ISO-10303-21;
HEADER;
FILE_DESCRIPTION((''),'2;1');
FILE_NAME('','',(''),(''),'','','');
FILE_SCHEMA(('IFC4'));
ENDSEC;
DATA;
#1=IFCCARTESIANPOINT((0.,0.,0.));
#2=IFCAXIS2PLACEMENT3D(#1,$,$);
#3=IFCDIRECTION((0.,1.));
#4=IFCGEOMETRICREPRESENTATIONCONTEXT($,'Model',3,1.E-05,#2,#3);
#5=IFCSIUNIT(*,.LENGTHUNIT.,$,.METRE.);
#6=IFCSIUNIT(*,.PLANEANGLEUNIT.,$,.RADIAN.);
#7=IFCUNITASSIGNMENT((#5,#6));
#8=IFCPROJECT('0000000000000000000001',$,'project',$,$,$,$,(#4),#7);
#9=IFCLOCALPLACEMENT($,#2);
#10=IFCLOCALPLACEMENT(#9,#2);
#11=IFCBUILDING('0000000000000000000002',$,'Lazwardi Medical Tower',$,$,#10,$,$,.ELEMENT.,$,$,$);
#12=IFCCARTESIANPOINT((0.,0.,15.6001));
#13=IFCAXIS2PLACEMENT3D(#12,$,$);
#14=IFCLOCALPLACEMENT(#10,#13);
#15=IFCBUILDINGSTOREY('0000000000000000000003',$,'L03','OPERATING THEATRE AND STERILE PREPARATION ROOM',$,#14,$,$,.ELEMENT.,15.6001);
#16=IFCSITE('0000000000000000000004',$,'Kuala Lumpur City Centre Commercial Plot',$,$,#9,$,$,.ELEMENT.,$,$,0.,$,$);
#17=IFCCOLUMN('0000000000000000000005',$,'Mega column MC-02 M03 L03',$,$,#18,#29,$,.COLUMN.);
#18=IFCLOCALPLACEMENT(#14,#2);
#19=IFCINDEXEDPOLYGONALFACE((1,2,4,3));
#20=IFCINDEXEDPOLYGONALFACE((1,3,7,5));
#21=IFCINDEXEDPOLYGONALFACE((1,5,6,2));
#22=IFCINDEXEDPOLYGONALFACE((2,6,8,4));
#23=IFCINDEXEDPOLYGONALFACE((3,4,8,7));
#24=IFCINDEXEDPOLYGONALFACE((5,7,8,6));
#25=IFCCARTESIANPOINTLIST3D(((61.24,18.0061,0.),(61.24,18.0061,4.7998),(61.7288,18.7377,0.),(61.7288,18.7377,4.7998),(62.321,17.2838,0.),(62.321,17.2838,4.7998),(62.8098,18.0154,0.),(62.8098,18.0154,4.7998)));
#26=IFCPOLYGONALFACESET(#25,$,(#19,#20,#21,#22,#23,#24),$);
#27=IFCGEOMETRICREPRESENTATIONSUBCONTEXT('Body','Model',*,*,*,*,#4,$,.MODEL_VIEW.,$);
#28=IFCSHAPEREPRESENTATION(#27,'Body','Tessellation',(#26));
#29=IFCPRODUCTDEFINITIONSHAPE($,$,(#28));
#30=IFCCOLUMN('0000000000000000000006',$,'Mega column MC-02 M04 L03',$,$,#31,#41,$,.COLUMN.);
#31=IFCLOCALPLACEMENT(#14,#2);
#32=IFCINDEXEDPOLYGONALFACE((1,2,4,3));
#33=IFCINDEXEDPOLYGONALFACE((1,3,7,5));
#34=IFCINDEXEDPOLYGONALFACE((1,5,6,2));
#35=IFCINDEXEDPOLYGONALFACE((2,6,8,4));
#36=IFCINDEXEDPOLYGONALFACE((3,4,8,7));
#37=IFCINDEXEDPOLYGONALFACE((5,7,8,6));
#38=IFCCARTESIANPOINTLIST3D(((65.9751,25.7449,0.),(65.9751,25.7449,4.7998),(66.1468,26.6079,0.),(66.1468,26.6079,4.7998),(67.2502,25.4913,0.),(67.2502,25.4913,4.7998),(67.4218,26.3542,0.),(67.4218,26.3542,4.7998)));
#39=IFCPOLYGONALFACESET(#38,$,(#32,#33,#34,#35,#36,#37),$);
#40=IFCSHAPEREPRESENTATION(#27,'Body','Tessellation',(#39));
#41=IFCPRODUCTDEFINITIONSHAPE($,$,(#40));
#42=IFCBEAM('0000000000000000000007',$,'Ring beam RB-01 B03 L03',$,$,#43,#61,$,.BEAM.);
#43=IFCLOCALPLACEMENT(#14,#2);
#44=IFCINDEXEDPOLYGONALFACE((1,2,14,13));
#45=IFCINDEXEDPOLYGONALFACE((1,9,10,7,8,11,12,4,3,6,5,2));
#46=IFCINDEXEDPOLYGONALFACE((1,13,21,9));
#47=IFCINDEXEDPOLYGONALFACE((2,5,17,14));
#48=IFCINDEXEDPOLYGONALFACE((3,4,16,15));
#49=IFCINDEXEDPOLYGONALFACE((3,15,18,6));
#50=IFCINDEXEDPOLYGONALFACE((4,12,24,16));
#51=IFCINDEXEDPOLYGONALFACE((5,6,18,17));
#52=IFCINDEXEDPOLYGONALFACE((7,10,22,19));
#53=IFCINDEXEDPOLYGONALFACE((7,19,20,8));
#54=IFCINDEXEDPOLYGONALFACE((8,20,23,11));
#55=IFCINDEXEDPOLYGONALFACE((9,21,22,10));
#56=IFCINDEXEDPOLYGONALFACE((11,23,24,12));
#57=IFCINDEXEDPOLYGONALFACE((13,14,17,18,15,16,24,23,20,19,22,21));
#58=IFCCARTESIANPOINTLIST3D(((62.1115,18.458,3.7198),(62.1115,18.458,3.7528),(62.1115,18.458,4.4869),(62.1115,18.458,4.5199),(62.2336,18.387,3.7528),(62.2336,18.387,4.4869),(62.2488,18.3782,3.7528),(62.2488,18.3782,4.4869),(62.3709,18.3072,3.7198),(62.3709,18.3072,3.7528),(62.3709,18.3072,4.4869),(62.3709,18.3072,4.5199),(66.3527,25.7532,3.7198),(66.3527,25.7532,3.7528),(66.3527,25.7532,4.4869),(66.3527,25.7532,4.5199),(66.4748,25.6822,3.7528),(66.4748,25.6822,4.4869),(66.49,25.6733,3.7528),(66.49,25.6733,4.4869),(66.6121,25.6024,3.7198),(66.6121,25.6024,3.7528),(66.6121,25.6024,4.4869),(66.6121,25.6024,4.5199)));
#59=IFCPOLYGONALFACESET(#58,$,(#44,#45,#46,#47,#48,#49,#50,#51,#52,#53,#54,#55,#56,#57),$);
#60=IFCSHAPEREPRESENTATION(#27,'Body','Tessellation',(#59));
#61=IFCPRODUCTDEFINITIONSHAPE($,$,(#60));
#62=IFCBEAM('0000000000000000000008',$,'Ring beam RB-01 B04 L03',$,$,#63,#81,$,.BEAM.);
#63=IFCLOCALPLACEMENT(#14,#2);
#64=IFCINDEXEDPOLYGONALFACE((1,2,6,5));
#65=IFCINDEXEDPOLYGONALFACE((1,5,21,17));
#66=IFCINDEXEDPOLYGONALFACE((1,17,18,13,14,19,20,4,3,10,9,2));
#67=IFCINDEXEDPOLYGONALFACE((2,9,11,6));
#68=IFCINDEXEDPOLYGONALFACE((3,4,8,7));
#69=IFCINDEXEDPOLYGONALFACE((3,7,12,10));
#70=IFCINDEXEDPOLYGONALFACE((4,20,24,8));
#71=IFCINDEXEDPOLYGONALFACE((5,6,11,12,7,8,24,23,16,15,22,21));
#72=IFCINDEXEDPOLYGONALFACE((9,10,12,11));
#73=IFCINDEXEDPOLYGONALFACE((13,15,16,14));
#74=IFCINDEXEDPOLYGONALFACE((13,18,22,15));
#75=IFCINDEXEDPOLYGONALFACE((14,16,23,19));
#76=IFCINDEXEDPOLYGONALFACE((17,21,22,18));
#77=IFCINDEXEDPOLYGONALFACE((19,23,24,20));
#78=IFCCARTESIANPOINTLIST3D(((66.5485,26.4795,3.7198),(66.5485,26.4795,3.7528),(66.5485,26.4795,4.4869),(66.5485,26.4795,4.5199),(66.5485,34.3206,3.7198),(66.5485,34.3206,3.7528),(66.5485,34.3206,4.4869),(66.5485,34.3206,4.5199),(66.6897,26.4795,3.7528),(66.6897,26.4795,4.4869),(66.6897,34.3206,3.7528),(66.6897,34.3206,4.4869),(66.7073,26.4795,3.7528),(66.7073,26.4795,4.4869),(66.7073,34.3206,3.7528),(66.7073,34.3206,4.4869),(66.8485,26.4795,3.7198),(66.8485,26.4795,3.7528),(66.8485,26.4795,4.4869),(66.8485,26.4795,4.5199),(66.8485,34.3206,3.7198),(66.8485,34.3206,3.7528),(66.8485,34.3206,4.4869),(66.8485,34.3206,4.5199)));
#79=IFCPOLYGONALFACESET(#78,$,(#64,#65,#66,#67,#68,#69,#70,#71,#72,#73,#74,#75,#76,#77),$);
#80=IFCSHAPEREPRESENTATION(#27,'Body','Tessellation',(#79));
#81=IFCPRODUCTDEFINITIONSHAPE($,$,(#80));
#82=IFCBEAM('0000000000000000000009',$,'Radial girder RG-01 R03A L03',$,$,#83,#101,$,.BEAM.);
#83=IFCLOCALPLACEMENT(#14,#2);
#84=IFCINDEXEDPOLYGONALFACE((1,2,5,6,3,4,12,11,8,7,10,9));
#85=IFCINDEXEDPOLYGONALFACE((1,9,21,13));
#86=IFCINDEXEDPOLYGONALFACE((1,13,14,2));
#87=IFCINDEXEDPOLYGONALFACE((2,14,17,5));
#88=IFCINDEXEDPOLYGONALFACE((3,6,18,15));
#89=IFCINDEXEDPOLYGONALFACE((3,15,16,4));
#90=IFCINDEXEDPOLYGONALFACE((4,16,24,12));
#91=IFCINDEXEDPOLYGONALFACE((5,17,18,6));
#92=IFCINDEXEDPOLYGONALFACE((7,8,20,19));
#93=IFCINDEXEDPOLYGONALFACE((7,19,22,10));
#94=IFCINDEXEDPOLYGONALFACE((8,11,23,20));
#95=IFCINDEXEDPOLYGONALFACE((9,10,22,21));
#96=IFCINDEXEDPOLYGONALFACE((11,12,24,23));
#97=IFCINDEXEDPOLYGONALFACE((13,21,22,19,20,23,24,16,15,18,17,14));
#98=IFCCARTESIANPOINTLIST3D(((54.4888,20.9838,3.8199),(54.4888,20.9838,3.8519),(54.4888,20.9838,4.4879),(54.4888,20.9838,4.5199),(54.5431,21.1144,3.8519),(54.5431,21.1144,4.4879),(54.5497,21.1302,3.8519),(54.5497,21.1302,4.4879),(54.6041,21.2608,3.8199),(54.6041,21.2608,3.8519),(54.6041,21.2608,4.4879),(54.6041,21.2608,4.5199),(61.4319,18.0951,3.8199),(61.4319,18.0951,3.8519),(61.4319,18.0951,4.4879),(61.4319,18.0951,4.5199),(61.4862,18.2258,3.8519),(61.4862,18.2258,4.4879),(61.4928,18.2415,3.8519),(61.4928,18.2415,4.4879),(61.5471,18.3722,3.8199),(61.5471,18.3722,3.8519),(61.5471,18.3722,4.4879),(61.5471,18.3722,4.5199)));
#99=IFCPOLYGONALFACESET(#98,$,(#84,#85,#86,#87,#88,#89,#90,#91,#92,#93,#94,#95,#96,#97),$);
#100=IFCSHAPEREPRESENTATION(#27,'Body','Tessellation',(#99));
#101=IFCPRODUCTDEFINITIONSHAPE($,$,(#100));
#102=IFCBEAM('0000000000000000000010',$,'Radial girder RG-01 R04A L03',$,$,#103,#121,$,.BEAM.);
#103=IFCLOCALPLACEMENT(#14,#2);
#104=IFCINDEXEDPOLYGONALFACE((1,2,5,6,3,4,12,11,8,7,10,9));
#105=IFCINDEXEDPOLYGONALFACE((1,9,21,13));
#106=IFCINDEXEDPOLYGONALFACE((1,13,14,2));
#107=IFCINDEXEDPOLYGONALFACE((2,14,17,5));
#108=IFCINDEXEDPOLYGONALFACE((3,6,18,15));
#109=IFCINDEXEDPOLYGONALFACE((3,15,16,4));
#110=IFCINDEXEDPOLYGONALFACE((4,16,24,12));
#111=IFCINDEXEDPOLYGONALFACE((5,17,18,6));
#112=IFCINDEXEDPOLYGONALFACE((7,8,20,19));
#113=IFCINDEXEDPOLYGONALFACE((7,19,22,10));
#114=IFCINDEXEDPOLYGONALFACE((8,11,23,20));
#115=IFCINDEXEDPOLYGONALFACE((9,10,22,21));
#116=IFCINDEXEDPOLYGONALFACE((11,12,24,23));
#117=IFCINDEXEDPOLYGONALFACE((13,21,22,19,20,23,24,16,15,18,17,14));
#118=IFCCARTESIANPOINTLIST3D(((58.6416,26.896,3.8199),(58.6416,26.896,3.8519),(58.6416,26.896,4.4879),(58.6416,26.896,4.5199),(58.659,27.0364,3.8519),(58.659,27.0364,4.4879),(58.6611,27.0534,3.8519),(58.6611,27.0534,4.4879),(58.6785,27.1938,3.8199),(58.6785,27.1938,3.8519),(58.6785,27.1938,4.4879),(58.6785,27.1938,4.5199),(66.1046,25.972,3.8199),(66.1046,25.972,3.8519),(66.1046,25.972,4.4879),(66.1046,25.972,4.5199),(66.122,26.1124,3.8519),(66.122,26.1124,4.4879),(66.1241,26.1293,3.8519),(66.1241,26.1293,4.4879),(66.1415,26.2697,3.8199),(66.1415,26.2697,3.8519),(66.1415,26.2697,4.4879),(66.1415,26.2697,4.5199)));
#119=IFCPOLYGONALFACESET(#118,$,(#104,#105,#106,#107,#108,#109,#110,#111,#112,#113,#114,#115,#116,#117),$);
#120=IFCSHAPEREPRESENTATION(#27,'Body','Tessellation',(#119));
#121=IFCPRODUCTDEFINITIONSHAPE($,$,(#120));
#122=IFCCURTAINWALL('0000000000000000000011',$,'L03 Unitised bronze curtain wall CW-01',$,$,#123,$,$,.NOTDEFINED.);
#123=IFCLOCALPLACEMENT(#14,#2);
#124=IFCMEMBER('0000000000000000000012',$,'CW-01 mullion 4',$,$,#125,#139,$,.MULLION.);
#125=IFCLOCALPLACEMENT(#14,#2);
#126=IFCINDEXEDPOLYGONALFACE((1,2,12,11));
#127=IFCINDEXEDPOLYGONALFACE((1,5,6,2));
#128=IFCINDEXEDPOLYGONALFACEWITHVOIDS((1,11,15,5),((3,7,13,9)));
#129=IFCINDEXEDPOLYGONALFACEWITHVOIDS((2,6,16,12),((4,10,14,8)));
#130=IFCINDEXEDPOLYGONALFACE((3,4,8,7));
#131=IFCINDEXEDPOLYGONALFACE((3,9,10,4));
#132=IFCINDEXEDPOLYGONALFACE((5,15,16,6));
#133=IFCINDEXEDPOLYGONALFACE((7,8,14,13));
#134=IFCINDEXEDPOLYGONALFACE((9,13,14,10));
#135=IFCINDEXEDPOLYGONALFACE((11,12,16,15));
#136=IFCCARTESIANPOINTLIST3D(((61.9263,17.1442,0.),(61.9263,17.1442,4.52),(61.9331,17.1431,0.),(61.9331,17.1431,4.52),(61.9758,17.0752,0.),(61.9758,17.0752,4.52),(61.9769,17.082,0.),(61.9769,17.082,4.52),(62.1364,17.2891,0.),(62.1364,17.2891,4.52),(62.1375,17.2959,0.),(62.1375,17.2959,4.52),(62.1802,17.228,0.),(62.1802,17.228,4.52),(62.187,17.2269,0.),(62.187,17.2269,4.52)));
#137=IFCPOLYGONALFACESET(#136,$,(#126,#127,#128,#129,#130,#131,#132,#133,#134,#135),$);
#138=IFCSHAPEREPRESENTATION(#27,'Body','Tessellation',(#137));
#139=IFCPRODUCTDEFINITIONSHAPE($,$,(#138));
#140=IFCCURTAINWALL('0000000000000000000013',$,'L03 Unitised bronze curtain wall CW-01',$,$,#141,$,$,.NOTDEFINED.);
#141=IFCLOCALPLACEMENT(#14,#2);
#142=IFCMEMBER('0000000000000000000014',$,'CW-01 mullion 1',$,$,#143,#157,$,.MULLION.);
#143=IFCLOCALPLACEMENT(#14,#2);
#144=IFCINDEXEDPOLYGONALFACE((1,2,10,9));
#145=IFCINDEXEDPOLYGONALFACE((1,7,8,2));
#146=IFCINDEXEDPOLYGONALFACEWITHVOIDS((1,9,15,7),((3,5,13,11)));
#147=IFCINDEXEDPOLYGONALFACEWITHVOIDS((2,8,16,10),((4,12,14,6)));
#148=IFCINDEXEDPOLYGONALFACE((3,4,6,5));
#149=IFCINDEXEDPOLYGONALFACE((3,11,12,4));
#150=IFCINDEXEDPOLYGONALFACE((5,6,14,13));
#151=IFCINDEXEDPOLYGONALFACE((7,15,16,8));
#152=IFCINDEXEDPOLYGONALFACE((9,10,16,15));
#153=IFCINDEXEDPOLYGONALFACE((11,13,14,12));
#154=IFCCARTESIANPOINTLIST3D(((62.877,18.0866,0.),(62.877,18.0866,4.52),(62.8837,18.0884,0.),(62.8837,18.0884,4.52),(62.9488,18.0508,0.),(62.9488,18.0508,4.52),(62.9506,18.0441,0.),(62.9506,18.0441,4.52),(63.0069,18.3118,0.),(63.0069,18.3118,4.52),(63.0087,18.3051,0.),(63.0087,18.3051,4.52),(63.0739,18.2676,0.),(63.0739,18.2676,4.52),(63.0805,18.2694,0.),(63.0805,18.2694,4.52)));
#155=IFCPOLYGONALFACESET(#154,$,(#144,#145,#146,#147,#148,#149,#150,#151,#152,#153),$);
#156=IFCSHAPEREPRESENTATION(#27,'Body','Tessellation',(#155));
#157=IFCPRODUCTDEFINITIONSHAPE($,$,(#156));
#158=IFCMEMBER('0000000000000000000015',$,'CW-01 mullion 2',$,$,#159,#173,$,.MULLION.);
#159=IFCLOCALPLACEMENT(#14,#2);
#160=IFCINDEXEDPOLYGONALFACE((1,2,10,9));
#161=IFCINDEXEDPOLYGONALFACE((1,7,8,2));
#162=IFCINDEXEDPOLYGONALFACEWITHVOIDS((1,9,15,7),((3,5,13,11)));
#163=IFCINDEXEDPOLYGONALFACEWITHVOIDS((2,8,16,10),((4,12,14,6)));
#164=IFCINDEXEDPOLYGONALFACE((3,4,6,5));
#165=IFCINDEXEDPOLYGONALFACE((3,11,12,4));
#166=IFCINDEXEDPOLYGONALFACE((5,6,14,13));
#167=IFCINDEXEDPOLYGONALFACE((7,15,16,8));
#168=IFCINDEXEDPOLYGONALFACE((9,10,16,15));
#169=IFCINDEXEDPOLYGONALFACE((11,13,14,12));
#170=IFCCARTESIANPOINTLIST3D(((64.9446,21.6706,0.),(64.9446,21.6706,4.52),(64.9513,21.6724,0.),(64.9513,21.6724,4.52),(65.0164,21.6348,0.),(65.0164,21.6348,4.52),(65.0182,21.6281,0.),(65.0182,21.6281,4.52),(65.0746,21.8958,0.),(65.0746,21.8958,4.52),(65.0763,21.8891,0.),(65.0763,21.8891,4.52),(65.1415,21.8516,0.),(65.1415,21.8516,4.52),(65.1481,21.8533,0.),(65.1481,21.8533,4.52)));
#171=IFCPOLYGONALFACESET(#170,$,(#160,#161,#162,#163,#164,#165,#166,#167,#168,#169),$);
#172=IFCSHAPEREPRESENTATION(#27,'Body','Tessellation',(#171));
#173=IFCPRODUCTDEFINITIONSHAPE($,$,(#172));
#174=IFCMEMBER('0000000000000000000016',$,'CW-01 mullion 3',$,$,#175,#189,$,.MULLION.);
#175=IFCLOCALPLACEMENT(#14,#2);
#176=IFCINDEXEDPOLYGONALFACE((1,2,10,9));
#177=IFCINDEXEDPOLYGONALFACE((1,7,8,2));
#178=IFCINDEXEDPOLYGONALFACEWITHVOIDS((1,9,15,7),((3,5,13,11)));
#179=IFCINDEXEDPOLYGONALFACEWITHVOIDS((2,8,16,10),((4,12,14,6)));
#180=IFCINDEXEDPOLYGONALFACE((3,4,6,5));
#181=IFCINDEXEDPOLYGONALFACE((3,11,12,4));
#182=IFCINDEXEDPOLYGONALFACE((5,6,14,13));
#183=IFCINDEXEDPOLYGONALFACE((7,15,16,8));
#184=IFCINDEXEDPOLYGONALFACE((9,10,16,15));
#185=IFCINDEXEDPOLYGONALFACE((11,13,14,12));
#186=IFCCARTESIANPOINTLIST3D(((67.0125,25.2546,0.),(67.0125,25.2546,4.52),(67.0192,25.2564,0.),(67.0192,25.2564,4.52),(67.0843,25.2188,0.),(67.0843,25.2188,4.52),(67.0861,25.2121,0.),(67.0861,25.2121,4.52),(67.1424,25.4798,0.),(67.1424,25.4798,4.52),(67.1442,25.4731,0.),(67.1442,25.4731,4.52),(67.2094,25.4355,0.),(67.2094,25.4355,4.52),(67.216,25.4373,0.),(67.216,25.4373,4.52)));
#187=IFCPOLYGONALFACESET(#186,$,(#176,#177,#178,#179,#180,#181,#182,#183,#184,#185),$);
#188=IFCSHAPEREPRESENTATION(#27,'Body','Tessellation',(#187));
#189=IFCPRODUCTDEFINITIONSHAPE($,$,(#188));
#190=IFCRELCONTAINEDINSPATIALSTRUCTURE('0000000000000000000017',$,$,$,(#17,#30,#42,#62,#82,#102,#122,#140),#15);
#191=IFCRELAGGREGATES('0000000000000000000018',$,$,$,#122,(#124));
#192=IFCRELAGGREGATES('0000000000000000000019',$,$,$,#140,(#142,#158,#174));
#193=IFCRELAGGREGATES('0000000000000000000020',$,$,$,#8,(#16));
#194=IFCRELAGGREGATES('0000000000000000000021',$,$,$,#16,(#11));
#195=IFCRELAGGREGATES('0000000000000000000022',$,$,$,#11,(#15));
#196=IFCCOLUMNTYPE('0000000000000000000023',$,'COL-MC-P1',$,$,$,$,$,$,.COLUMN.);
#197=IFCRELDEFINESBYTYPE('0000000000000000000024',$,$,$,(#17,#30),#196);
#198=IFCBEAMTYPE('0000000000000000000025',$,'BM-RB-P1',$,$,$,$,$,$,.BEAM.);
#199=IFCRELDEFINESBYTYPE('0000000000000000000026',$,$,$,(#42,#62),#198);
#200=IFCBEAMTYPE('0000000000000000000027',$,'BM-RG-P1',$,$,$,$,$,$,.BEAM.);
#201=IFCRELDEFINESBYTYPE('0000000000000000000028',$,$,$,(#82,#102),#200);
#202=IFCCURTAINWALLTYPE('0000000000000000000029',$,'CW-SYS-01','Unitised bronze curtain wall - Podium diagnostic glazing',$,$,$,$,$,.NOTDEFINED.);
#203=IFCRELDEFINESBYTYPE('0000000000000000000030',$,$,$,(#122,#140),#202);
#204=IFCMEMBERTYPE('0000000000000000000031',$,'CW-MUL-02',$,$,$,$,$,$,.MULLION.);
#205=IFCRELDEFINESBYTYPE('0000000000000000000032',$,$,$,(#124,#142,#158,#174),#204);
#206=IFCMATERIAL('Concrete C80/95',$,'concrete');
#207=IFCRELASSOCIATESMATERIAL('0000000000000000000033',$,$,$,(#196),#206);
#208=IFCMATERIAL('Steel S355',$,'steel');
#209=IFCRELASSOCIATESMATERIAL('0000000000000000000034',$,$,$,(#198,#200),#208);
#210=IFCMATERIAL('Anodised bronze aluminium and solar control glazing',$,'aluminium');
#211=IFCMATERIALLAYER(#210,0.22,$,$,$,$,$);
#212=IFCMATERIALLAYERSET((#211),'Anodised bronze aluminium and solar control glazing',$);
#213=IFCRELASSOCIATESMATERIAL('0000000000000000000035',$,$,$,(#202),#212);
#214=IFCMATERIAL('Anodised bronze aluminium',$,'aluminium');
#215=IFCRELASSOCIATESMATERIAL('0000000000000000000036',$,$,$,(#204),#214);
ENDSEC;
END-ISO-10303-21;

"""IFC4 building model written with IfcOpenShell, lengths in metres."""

from ifc_helpers import new_model, si_unit, direction, frame, origin, origin_2d, place, context, subcontext, project, spatial, rectangle, hollow_rectangle, i_section, extrude, material, layer, layer_set, material_profile, profile_set, type_object, element, aggregate, save


model = new_model("IFC4")

# Units and contexts
model_context = context("Model", 3, precision=1e-05, world=origin(), true_north=direction((0.0, 1.0)))
body_context = subcontext(model_context, "Body", "Model", "MODEL_VIEW")
ifc_project = project(units=[si_unit("LENGTHUNIT", "METRE"), si_unit("PLANEANGLEUNIT", "RADIAN")], contexts=[model_context])

# Site, building, storey
site_placement = place(None, origin())
site = spatial("IfcSite", under=ifc_project, at=site_placement, Name="Kuala Lumpur City Centre Commercial Plot", CompositionType="ELEMENT", RefElevation=0.0)
building_placement = place(site_placement, origin())
building = spatial("IfcBuilding", under=site, at=building_placement, Name="Lazwardi Medical Tower", CompositionType="ELEMENT")
storey_placement = place(building_placement, frame((0.0, 0.0, 15.6001)))
storey = spatial("IfcBuildingStorey", under=building, at=storey_placement, Name="L03", Description="OPERATING THEATRE AND STERILE PREPARATION ROOM", CompositionType="ELEMENT", Elevation=15.6001)

# Columns
ifc_material_1 = material(Name="Concrete C80/95", Category="concrete")
ifc_material_profile_1 = material_profile(ifc_material_1, rectangle(XDim=1.3, YDim=0.8799, at=origin_2d()), Name="CFT-RECT 1300x880")
ifc_profile_set_1 = profile_set([ifc_material_profile_1], Name="Concrete C80/95")
column_type = type_object("IfcColumnType", Name="COL-MC-P1", PredefinedType="COLUMN", material=ifc_profile_set_1)
for number, where, z_axis, x_axis, name in (
    (1, (62.0249, 18.0107, 0.0), (0.0, 0.0, 1.0), (0.83147, -0.55557, 0.0), "Mega column MC-02 M03 L03"),
    (2, (66.6985, 26.0496, 0.0), (0.0, 0.0, 1.0), (0.980785, -0.19509, 0.0), "Mega column MC-02 M04 L03"),
):
    element("IfcColumn", number, at=place(storey_placement, frame(where, z_axis=z_axis, x_axis=x_axis)), inside=storey, type_object=column_type, Name=name, PredefinedType="COLUMN", context=body_context, shape_type="SweptSolid", body=[
        extrude(rectangle(XDim=1.3, YDim=0.8799, at=origin_2d()), origin(), (0.0, 0.0, 1.0), 4.7998),
    ])

# Beams
ifc_material_2 = material(Name="Steel S355", Category="steel")
ifc_material_profile_2 = material_profile(ifc_material_2, i_section(OverallWidth=0.3, OverallDepth=0.8, WebThickness=0.0176, FlangeThickness=0.033, at=origin_2d()), Name="HEB 800")
ifc_profile_set_2 = profile_set([ifc_material_profile_2], Name="Steel S355")
beam_type_1 = type_object("IfcBeamType", Name="BM-RB-P1", PredefinedType="BEAM", material=ifc_profile_set_2)
beam_1_placement = place(storey_placement, frame((62.2412, 18.3826, 4.1199), z_axis=(0.502606, 0.864516, 0.0), x_axis=(-0.864516, 0.502606, 0.0)))
element("IfcBeam", 3, at=beam_1_placement, inside=storey, type_object=beam_type_1, Name="Ring beam RB-01 B03 L03", PredefinedType="BEAM", context=body_context, shape_type="SweptSolid", body=[
    extrude(i_section(OverallWidth=0.3, OverallDepth=0.8, WebThickness=0.0176, FlangeThickness=0.033, at=origin_2d()), origin(), (0.0, 0.0, 1.0), 8.4385),
])
beam_2_placement = place(storey_placement, frame((66.6985, 26.4795, 4.1199), z_axis=(0.0, 1.0, 0.0), x_axis=(-1.0, 0.0, 0.0)))
element("IfcBeam", 4, at=beam_2_placement, inside=storey, type_object=beam_type_1, Name="Ring beam RB-01 B04 L03", PredefinedType="BEAM", context=body_context, shape_type="SweptSolid", body=[
    extrude(i_section(OverallWidth=0.3, OverallDepth=0.8, WebThickness=0.0176, FlangeThickness=0.033, at=origin_2d()), origin(), (0.0, 0.0, 1.0), 7.8411),
])
ifc_material_profile_3 = material_profile(ifc_material_2, i_section(OverallWidth=0.3, OverallDepth=0.7, WebThickness=0.0171, FlangeThickness=0.032, at=origin_2d()), Name="HEB 700")
ifc_profile_set_3 = profile_set([ifc_material_profile_3], Name="Steel S355")
beam_type_2 = type_object("IfcBeamType", Name="BM-RG-P1", PredefinedType="BEAM", material=ifc_profile_set_3)
for number, where, z_axis, x_axis, name in (
    (5, (61.4895, 18.2336, 4.1699), (-0.923279, 0.384129, 0.0), (-0.384129, -0.923279, 0.0), "Radial girder RG-01 R03A L03"),
    (6, (66.123, 26.1208, 4.1699), (-0.992422, 0.12288, 0.0), (-0.12288, -0.992422, 0.0), "Radial girder RG-01 R04A L03"),
):
    element("IfcBeam", number, at=place(storey_placement, frame(where, z_axis=z_axis, x_axis=x_axis)), inside=storey, type_object=beam_type_2, Name=name, PredefinedType="BEAM", context=body_context, shape_type="SweptSolid", body=[
        extrude(i_section(OverallWidth=0.3, OverallDepth=0.7, WebThickness=0.0171, FlangeThickness=0.032, at=origin_2d()), origin(), (0.0, 0.0, 1.0), 7.52),
    ])

# Curtain wall, member
ifc_material_3 = material(Name="Anodised bronze aluminium and solar control glazing", Category="aluminium")
ifc_layer_1 = layer(ifc_material_3, 0.22)
ifc_layer_set_1 = layer_set([ifc_layer_1], Name="Anodised bronze aluminium and solar control glazing")
curtain_wall_type = type_object("IfcCurtainWallType", Name="CW-SYS-01", Description="Unitised bronze curtain wall - Podium diagnostic glazing", PredefinedType="NOTDEFINED", material=ifc_layer_set_1)
curtain_wall_1_placement = place(storey_placement, origin())
curtain_wall_1 = element("IfcCurtainWall", 7, at=curtain_wall_1_placement, inside=storey, type_object=curtain_wall_type, Name="L03 Unitised bronze curtain wall CW-01", PredefinedType="NOTDEFINED")
ifc_material_4 = material(Name="Anodised bronze aluminium", Category="aluminium")
ifc_material_profile_4 = material_profile(ifc_material_4, hollow_rectangle(XDim=0.085, YDim=0.26, WallThickness=0.0049, at=origin_2d()), Name="ALU-MULLION 260x85x5")
ifc_profile_set_4 = profile_set([ifc_material_profile_4], Name="Anodised bronze aluminium")
member_type_1 = type_object("IfcMemberType", Name="CW-MUL-02", PredefinedType="MULLION", material=ifc_profile_set_4)
member_1_placement = place(storey_placement, frame((62.0566, 17.1855, 0.0), z_axis=(0.0, 0.0, 1.0), x_axis=(-0.583214, 0.812318, 0.0)))
member_1 = element("IfcMember", 8, at=member_1_placement, type_object=member_type_1, Name="CW-01 mullion 4", PredefinedType="MULLION", context=body_context, shape_type="SweptSolid", body=[
    extrude(hollow_rectangle(XDim=0.085, YDim=0.26, WallThickness=0.0049, at=origin_2d()), origin(), (0.0, 0.0, 1.0), 4.52),
])

# Curtain wall, members
curtain_wall_2_placement = place(storey_placement, origin())
curtain_wall_2 = element("IfcCurtainWall", 9, at=curtain_wall_2_placement, inside=storey, type_object=curtain_wall_type, Name="L03 Unitised bronze curtain wall CW-01", PredefinedType="NOTDEFINED")
member_2_placement = place(storey_placement, frame((62.9788, 18.178, 0.0), z_axis=(0.0, 0.0, 1.0), x_axis=(-0.866181, 0.499731, 0.0)))
member_2 = element("IfcMember", 10, at=member_2_placement, type_object=member_type_1, Name="CW-01 mullion 1", PredefinedType="MULLION", context=body_context, shape_type="SweptSolid", body=[
    extrude(hollow_rectangle(XDim=0.085, YDim=0.26, WallThickness=0.0049, at=origin_2d()), origin(), (0.0, 0.0, 1.0), 4.52),
])
member_3_placement = place(storey_placement, frame((65.0464, 21.762, 0.0), z_axis=(0.0, 0.0, 1.0), x_axis=(-0.866181, 0.499731, 0.0)))
member_3 = element("IfcMember", 11, at=member_3_placement, type_object=member_type_1, Name="CW-01 mullion 2", PredefinedType="MULLION", context=body_context, shape_type="SweptSolid", body=[
    extrude(hollow_rectangle(XDim=0.085, YDim=0.26, WallThickness=0.0049, at=origin_2d()), origin(), (0.0, 0.0, 1.0), 4.52),
])
member_4_placement = place(storey_placement, frame((67.1143, 25.3459, 0.0), z_axis=(0.0, 0.0, 1.0), x_axis=(-0.866181, 0.499731, 0.0)))
member_4 = element("IfcMember", 12, at=member_4_placement, type_object=member_type_1, Name="CW-01 mullion 3", PredefinedType="MULLION", context=body_context, shape_type="SweptSolid", body=[
    extrude(hollow_rectangle(XDim=0.085, YDim=0.26, WallThickness=0.0049, at=origin_2d()), origin(), (0.0, 0.0, 1.0), 4.52),
])

aggregate(curtain_wall_1, [member_1])
aggregate(curtain_wall_2, [member_2, member_3, member_4])

save(model, "model.ifc")
